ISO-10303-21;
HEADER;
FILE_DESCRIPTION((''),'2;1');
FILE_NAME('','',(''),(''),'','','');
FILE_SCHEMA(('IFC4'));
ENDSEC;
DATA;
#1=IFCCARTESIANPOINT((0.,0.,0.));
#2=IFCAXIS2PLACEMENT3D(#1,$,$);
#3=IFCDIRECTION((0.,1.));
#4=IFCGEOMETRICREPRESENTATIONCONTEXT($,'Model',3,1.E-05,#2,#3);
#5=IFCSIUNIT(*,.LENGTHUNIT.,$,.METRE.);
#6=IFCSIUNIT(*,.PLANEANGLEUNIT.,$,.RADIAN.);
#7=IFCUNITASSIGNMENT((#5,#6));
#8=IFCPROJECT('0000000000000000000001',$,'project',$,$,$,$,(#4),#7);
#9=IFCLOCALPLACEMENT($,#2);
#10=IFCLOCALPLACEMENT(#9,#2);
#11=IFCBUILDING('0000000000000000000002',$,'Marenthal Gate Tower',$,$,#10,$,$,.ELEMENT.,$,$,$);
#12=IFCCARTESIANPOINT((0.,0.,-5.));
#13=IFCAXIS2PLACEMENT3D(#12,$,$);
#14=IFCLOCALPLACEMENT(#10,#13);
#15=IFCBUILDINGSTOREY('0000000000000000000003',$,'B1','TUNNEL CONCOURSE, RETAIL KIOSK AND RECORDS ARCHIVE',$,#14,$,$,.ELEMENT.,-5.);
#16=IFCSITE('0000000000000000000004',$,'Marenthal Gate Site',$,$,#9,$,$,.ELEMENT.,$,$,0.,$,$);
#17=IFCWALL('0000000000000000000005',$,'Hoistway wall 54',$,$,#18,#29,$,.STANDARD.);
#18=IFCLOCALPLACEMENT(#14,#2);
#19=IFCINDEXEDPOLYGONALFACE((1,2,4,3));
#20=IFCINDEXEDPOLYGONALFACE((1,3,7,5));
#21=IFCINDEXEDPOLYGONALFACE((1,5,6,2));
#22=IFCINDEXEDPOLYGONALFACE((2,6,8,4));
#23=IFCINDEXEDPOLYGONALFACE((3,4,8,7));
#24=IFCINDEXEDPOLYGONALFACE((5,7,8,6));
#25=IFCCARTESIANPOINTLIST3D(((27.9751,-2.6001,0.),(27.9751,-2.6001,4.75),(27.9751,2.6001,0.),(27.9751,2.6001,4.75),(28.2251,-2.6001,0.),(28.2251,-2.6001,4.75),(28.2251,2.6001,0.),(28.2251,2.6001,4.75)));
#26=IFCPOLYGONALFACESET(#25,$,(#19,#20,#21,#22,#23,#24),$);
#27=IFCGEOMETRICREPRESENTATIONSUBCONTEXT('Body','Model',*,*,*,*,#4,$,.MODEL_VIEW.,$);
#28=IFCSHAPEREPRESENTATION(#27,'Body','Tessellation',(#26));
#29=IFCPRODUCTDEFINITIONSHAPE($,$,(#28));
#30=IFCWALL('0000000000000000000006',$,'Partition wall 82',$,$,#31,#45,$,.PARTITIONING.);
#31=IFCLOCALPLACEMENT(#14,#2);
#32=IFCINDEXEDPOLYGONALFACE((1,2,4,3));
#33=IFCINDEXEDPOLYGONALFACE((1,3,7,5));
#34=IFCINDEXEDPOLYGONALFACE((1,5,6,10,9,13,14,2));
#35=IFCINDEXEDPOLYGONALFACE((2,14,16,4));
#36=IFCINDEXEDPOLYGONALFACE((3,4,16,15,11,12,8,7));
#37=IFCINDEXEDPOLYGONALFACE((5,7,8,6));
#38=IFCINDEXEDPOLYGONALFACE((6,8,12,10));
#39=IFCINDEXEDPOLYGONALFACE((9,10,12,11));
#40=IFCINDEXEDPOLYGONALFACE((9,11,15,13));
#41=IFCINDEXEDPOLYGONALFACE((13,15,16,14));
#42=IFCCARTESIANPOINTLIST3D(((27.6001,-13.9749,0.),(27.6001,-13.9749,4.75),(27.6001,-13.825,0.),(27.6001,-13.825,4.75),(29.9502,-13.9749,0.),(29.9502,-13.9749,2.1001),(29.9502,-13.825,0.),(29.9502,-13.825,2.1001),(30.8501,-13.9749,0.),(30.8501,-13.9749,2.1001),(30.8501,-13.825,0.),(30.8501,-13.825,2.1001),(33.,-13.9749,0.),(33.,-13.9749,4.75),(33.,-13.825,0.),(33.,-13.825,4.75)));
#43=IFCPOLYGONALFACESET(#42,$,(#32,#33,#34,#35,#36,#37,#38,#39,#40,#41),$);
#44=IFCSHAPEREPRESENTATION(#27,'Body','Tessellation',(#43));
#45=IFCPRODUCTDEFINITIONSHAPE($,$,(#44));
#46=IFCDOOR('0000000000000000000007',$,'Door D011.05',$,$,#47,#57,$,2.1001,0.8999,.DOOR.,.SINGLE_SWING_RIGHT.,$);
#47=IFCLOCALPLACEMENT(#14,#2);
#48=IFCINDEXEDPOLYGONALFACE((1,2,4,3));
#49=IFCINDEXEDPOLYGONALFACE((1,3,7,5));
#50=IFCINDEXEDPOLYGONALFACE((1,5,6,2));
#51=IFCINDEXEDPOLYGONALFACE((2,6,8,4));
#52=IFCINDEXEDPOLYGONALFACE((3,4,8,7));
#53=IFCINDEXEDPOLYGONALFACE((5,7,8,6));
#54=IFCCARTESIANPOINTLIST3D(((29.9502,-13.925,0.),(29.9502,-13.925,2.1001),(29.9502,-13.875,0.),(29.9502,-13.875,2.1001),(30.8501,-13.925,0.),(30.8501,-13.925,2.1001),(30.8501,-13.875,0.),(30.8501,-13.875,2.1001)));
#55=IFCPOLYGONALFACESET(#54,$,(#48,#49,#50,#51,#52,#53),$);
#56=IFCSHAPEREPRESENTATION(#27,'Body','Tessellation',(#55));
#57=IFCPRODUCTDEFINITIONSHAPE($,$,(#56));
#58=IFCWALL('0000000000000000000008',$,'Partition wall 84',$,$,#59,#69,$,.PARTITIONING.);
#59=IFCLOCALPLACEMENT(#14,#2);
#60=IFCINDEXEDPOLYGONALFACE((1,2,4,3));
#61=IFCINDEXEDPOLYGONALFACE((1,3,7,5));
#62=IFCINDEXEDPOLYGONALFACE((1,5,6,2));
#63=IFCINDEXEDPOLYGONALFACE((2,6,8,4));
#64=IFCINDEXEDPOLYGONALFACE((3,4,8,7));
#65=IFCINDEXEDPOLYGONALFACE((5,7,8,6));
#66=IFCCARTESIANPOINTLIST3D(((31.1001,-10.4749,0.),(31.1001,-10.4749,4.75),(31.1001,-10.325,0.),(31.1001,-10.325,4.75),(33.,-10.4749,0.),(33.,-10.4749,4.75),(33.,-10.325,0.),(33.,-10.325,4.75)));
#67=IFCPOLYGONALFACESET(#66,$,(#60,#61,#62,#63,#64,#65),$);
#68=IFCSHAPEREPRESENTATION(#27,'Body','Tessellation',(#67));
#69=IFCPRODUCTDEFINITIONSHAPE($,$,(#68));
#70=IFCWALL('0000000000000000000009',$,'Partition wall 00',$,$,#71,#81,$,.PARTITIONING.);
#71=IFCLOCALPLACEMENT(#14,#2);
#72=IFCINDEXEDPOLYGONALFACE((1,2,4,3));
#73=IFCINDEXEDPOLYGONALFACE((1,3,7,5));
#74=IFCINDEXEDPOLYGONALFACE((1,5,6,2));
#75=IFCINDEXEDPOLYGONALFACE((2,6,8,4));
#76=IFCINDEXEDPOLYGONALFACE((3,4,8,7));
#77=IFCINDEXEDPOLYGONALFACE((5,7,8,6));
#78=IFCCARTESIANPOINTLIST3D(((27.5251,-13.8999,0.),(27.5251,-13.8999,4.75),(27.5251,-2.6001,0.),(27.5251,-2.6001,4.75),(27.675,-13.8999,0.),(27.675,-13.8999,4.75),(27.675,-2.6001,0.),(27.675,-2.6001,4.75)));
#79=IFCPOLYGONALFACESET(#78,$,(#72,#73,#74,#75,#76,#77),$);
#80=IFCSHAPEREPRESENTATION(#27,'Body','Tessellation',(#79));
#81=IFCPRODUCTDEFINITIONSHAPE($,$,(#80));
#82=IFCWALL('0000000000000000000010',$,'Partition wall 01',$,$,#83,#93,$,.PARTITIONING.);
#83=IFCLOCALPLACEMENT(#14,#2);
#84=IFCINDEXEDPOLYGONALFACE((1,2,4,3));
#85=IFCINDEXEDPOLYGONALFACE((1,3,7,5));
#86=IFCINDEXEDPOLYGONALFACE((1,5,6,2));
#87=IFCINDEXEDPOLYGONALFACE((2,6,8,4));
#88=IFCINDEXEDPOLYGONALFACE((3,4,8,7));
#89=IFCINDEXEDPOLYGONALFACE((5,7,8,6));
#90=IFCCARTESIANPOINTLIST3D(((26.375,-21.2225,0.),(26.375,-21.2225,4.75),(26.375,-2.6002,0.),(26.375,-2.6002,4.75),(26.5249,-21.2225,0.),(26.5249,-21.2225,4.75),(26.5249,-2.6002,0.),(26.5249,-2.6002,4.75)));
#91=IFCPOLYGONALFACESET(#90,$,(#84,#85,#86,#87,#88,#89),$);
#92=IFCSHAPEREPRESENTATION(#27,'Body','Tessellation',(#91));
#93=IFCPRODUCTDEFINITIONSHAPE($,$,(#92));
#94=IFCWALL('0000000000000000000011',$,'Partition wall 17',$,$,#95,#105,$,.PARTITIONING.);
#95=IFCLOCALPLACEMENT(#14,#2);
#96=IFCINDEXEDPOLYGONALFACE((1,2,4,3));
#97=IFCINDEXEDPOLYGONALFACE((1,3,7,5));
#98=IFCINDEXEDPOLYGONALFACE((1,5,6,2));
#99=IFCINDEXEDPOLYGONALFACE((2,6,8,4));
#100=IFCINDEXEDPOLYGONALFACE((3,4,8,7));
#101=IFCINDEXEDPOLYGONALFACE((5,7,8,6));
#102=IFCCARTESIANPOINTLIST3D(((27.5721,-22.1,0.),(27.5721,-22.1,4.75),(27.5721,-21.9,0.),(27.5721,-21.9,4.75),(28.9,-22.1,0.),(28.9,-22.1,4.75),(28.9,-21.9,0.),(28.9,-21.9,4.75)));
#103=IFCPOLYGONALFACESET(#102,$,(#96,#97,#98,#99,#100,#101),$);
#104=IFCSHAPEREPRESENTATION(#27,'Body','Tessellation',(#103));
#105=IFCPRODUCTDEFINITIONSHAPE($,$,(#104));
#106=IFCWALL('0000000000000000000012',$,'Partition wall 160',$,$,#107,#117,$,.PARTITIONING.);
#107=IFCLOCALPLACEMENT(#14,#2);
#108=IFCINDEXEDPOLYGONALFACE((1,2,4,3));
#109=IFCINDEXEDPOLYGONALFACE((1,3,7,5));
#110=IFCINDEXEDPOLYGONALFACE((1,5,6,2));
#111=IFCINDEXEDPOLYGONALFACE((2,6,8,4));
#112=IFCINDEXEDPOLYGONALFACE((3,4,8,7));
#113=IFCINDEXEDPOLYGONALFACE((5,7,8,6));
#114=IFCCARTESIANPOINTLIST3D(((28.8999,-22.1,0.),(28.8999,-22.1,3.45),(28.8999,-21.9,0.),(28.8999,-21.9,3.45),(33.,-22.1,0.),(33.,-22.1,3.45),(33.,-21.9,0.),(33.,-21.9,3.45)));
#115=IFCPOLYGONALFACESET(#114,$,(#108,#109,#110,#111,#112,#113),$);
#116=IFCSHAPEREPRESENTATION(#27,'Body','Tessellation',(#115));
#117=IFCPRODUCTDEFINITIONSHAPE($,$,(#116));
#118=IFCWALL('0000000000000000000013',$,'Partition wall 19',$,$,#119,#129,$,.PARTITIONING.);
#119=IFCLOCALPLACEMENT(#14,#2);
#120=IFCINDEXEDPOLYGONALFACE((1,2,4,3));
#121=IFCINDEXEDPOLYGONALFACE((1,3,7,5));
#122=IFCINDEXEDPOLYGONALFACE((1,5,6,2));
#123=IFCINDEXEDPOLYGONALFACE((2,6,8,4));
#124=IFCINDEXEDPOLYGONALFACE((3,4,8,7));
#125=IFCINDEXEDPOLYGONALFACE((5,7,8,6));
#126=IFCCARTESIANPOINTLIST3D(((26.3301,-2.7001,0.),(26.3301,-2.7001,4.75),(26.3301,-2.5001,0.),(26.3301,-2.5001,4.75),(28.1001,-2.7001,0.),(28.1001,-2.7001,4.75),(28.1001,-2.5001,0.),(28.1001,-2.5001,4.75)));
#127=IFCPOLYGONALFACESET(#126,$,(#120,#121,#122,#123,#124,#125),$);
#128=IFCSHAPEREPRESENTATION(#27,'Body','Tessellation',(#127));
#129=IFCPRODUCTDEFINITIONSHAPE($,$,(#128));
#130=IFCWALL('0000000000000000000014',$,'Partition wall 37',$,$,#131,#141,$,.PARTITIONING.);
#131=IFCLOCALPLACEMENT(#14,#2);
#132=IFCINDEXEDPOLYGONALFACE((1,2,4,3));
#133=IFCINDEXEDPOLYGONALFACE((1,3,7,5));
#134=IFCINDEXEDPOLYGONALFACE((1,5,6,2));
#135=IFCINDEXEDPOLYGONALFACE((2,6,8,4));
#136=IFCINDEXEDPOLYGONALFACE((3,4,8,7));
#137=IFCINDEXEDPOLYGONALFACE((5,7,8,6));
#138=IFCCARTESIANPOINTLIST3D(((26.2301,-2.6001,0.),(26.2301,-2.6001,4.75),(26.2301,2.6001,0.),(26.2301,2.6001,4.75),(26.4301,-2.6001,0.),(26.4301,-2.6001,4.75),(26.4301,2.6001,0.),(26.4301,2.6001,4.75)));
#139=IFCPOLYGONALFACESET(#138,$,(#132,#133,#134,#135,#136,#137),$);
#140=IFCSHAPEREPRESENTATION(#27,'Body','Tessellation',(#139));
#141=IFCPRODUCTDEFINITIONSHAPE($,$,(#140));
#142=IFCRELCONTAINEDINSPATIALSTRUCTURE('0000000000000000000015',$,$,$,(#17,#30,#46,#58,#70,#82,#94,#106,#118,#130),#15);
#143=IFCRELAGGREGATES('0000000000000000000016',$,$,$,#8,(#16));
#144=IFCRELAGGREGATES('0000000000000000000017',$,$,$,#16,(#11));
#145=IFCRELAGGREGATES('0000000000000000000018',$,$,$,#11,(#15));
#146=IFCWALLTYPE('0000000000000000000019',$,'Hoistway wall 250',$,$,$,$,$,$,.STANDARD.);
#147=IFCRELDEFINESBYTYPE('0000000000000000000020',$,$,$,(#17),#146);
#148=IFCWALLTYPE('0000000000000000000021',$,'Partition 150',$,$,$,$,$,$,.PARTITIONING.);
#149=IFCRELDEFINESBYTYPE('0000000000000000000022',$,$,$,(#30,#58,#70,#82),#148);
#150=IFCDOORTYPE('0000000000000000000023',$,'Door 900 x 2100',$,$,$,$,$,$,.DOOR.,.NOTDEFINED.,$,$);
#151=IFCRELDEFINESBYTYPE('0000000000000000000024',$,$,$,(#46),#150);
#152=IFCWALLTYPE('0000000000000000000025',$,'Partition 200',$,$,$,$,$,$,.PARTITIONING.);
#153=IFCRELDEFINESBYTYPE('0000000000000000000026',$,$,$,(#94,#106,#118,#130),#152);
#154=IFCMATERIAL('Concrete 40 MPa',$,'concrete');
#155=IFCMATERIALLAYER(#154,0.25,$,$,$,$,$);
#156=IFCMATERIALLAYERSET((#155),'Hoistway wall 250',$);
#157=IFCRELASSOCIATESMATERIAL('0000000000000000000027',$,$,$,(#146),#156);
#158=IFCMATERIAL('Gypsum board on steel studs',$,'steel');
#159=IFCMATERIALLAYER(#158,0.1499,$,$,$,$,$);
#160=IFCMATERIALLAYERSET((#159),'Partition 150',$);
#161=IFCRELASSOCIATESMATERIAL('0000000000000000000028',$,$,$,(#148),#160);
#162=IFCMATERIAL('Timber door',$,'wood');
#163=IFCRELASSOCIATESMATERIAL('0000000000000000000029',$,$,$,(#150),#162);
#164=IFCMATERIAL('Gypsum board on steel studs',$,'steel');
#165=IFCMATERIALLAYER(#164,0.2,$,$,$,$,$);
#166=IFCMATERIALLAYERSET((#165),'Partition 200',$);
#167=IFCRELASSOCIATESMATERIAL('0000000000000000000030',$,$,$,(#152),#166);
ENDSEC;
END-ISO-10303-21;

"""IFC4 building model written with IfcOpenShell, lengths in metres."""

from ifc_helpers import new_model, si_unit, direction, frame, frame_2d, origin, place, context, subcontext, project, spatial, rectangle, extrude, material, layer, layer_set, type_object, element, fill, save


model = new_model("IFC4")

# Units and contexts
model_context = context("Model", 3, precision=1e-05, world=origin(), true_north=direction((0.0, 1.0)))
body_context = subcontext(model_context, "Body", "Model", "MODEL_VIEW")
ifc_project = project(units=[si_unit("LENGTHUNIT", "METRE"), si_unit("PLANEANGLEUNIT", "RADIAN")], contexts=[model_context])

# Site, building, storey
site_placement = place(None, origin())
site = spatial("IfcSite", under=ifc_project, at=site_placement, Name="Marenthal Gate Site", CompositionType="ELEMENT", RefElevation=0.0)
building_placement = place(site_placement, origin())
building = spatial("IfcBuilding", under=site, at=building_placement, Name="Marenthal Gate Tower", CompositionType="ELEMENT")
storey_placement = place(building_placement, frame((0.0, 0.0, -5.0)))
storey = spatial("IfcBuildingStorey", under=building, at=storey_placement, Name="B1", Description="TUNNEL CONCOURSE, RETAIL KIOSK AND RECORDS ARCHIVE", CompositionType="ELEMENT", Elevation=-5.0)

# Wall
ifc_material_1 = material(Name="Concrete 40 MPa", Category="concrete")
ifc_layer_1 = layer(ifc_material_1, 0.25)
ifc_layer_set_1 = layer_set([ifc_layer_1], Name="Hoistway wall 250")
wall_type_1 = type_object("IfcWallType", Name="Hoistway wall 250", PredefinedType="STANDARD", material=ifc_layer_set_1)
wall_1_placement = place(storey_placement, frame((28.1001, -2.6001, 0.0), z_axis=(0.0, 0.0, 1.0), x_axis=(0.0, 1.0, 0.0)))
element("IfcWall", 1, at=wall_1_placement, inside=storey, type_object=wall_type_1, Name="Hoistway wall 54", PredefinedType="STANDARD", context=body_context, shape_type="SweptSolid", body=[
    extrude(rectangle(XDim=5.2002, YDim=0.25, at=frame_2d((2.6001, 0.0))), origin(), (0.0, 0.0, 1.0), 4.75),
])

# Wall, opening, door
ifc_material_2 = material(Name="Gypsum board on steel studs", Category="steel")
ifc_layer_2 = layer(ifc_material_2, 0.1499)
ifc_layer_set_2 = layer_set([ifc_layer_2], Name="Partition 150")
wall_type_2 = type_object("IfcWallType", Name="Partition 150", PredefinedType="PARTITIONING", material=ifc_layer_set_2)
wall_2_placement = place(storey_placement, frame((27.6001, -13.8999, 0.0), z_axis=(0.0, 0.0, 1.0), x_axis=(1.0, 0.0, 0.0)))
wall_2 = element("IfcWall", 2, at=wall_2_placement, inside=storey, type_object=wall_type_2, Name="Partition wall 82", PredefinedType="PARTITIONING", context=body_context, shape_type="SweptSolid", body=[
    extrude(rectangle(XDim=5.3999, YDim=0.1499, at=frame_2d((2.7, 0.0))), origin(), (0.0, 0.0, 1.0), 4.75),
])
opening_placement = place(wall_2_placement, frame((2.3501, 0.0, 0.0)))
opening = element("IfcOpeningElement", 3, at=opening_placement, cuts=wall_2, PredefinedType="OPENING", context=body_context, shape_type="SweptSolid", body=[
    extrude(rectangle(XDim=0.8999, YDim=2.1001, at=frame_2d((0.45, 1.05))), frame((0.0, 0.085, 0.0), z_axis=(0.0, -1.0, 0.0), x_axis=(1.0, 0.0, 0.0)), (0.0, 0.0, 1.0), 0.1699),
])
ifc_material_3 = material(Name="Timber door", Category="wood")
door_type = type_object("IfcDoorType", Name="Door 900 x 2100", OperationType="NOTDEFINED", PredefinedType="DOOR", material=ifc_material_3)
door_placement = place(opening_placement, origin())
door = element("IfcDoor", 4, at=door_placement, inside=storey, type_object=door_type, Name="Door D011.05", OperationType="SINGLE_SWING_RIGHT", OverallHeight=2.1001, OverallWidth=0.8999, PredefinedType="DOOR", context=body_context, shape_type="SweptSolid", body=[
    extrude(rectangle(XDim=0.8999, YDim=2.1001, at=frame_2d((0.45, 1.05))), frame((0.0, 0.0249, 0.0), z_axis=(0.0, -1.0, 0.0), x_axis=(1.0, 0.0, 0.0)), (0.0, 0.0, 1.0), 0.05),
])
fill(opening, door)

# Walls
wall_3_placement = place(storey_placement, frame((31.1001, -10.3999, 0.0), z_axis=(0.0, 0.0, 1.0), x_axis=(1.0, 0.0, 0.0)))
element("IfcWall", 5, at=wall_3_placement, inside=storey, type_object=wall_type_2, Name="Partition wall 84", PredefinedType="PARTITIONING", context=body_context, shape_type="SweptSolid", body=[
    extrude(rectangle(XDim=1.8999, YDim=0.1499, at=frame_2d((0.95, 0.0))), origin(), (0.0, 0.0, 1.0), 4.75),
])
wall_4_placement = place(storey_placement, frame((27.6001, -13.8999, 0.0), z_axis=(0.0, 0.0, 1.0), x_axis=(0.0, 1.0, 0.0)))
element("IfcWall", 6, at=wall_4_placement, inside=storey, type_object=wall_type_2, Name="Partition wall 00", PredefinedType="PARTITIONING", context=body_context, shape_type="SweptSolid", body=[
    extrude(rectangle(XDim=11.2998, YDim=0.1499, at=frame_2d((5.6499, 0.0))), origin(), (0.0, 0.0, 1.0), 4.75),
])
wall_5_placement = place(storey_placement, frame((26.45, -21.2224, 0.0), z_axis=(0.0, 0.0, 1.0), x_axis=(0.0, 1.0, 0.0)))
element("IfcWall", 7, at=wall_5_placement, inside=storey, type_object=wall_type_2, Name="Partition wall 01", PredefinedType="PARTITIONING", context=body_context, shape_type="SweptSolid", body=[
    extrude(rectangle(XDim=18.6223, YDim=0.1499, at=frame_2d((9.311, 0.0))), origin(), (0.0, 0.0, 1.0), 4.75),
])
ifc_material_4 = material(Name="Gypsum board on steel studs", Category="steel")
ifc_layer_3 = layer(ifc_material_4, 0.2)
ifc_layer_set_3 = layer_set([ifc_layer_3], Name="Partition 200")
wall_type_3 = type_object("IfcWallType", Name="Partition 200", PredefinedType="PARTITIONING", material=ifc_layer_set_3)
wall_6_placement = place(storey_placement, frame((27.572, -22.0, 0.0), z_axis=(0.0, 0.0, 1.0), x_axis=(1.0, 0.0, 0.0)))
element("IfcWall", 8, at=wall_6_placement, inside=storey, type_object=wall_type_3, Name="Partition wall 17", PredefinedType="PARTITIONING", context=body_context, shape_type="SweptSolid", body=[
    extrude(rectangle(XDim=1.3279, YDim=0.2, at=frame_2d((0.6641, 0.0))), origin(), (0.0, 0.0, 1.0), 4.75),
])
wall_7_placement = place(storey_placement, frame((28.8999, -22.0, 0.0), z_axis=(0.0, 0.0, 1.0), x_axis=(1.0, 0.0, 0.0)))
element("IfcWall", 9, at=wall_7_placement, inside=storey, type_object=wall_type_3, Name="Partition wall 160", PredefinedType="PARTITIONING", context=body_context, shape_type="SweptSolid", body=[
    extrude(rectangle(XDim=4.1001, YDim=0.2, at=frame_2d((2.05, 0.0))), origin(), (0.0, 0.0, 1.0), 3.45),
])
wall_8_placement = place(storey_placement, frame((26.3301, -2.6001, 0.0), z_axis=(0.0, 0.0, 1.0), x_axis=(1.0, 0.0, 0.0)))
element("IfcWall", 10, at=wall_8_placement, inside=storey, type_object=wall_type_3, Name="Partition wall 19", PredefinedType="PARTITIONING", context=body_context, shape_type="SweptSolid", body=[
    extrude(rectangle(XDim=1.77, YDim=0.2, at=frame_2d((0.885, 0.0))), origin(), (0.0, 0.0, 1.0), 4.75),
])
wall_9_placement = place(storey_placement, frame((26.3301, -2.6001, 0.0), z_axis=(0.0, 0.0, 1.0), x_axis=(0.0, 1.0, 0.0)))
element("IfcWall", 11, at=wall_9_placement, inside=storey, type_object=wall_type_3, Name="Partition wall 37", PredefinedType="PARTITIONING", context=body_context, shape_type="SweptSolid", body=[
    extrude(rectangle(XDim=5.2002, YDim=0.2, at=frame_2d((2.6001, 0.0))), origin(), (0.0, 0.0, 1.0), 4.75),
])

save(model, "model.ifc")
